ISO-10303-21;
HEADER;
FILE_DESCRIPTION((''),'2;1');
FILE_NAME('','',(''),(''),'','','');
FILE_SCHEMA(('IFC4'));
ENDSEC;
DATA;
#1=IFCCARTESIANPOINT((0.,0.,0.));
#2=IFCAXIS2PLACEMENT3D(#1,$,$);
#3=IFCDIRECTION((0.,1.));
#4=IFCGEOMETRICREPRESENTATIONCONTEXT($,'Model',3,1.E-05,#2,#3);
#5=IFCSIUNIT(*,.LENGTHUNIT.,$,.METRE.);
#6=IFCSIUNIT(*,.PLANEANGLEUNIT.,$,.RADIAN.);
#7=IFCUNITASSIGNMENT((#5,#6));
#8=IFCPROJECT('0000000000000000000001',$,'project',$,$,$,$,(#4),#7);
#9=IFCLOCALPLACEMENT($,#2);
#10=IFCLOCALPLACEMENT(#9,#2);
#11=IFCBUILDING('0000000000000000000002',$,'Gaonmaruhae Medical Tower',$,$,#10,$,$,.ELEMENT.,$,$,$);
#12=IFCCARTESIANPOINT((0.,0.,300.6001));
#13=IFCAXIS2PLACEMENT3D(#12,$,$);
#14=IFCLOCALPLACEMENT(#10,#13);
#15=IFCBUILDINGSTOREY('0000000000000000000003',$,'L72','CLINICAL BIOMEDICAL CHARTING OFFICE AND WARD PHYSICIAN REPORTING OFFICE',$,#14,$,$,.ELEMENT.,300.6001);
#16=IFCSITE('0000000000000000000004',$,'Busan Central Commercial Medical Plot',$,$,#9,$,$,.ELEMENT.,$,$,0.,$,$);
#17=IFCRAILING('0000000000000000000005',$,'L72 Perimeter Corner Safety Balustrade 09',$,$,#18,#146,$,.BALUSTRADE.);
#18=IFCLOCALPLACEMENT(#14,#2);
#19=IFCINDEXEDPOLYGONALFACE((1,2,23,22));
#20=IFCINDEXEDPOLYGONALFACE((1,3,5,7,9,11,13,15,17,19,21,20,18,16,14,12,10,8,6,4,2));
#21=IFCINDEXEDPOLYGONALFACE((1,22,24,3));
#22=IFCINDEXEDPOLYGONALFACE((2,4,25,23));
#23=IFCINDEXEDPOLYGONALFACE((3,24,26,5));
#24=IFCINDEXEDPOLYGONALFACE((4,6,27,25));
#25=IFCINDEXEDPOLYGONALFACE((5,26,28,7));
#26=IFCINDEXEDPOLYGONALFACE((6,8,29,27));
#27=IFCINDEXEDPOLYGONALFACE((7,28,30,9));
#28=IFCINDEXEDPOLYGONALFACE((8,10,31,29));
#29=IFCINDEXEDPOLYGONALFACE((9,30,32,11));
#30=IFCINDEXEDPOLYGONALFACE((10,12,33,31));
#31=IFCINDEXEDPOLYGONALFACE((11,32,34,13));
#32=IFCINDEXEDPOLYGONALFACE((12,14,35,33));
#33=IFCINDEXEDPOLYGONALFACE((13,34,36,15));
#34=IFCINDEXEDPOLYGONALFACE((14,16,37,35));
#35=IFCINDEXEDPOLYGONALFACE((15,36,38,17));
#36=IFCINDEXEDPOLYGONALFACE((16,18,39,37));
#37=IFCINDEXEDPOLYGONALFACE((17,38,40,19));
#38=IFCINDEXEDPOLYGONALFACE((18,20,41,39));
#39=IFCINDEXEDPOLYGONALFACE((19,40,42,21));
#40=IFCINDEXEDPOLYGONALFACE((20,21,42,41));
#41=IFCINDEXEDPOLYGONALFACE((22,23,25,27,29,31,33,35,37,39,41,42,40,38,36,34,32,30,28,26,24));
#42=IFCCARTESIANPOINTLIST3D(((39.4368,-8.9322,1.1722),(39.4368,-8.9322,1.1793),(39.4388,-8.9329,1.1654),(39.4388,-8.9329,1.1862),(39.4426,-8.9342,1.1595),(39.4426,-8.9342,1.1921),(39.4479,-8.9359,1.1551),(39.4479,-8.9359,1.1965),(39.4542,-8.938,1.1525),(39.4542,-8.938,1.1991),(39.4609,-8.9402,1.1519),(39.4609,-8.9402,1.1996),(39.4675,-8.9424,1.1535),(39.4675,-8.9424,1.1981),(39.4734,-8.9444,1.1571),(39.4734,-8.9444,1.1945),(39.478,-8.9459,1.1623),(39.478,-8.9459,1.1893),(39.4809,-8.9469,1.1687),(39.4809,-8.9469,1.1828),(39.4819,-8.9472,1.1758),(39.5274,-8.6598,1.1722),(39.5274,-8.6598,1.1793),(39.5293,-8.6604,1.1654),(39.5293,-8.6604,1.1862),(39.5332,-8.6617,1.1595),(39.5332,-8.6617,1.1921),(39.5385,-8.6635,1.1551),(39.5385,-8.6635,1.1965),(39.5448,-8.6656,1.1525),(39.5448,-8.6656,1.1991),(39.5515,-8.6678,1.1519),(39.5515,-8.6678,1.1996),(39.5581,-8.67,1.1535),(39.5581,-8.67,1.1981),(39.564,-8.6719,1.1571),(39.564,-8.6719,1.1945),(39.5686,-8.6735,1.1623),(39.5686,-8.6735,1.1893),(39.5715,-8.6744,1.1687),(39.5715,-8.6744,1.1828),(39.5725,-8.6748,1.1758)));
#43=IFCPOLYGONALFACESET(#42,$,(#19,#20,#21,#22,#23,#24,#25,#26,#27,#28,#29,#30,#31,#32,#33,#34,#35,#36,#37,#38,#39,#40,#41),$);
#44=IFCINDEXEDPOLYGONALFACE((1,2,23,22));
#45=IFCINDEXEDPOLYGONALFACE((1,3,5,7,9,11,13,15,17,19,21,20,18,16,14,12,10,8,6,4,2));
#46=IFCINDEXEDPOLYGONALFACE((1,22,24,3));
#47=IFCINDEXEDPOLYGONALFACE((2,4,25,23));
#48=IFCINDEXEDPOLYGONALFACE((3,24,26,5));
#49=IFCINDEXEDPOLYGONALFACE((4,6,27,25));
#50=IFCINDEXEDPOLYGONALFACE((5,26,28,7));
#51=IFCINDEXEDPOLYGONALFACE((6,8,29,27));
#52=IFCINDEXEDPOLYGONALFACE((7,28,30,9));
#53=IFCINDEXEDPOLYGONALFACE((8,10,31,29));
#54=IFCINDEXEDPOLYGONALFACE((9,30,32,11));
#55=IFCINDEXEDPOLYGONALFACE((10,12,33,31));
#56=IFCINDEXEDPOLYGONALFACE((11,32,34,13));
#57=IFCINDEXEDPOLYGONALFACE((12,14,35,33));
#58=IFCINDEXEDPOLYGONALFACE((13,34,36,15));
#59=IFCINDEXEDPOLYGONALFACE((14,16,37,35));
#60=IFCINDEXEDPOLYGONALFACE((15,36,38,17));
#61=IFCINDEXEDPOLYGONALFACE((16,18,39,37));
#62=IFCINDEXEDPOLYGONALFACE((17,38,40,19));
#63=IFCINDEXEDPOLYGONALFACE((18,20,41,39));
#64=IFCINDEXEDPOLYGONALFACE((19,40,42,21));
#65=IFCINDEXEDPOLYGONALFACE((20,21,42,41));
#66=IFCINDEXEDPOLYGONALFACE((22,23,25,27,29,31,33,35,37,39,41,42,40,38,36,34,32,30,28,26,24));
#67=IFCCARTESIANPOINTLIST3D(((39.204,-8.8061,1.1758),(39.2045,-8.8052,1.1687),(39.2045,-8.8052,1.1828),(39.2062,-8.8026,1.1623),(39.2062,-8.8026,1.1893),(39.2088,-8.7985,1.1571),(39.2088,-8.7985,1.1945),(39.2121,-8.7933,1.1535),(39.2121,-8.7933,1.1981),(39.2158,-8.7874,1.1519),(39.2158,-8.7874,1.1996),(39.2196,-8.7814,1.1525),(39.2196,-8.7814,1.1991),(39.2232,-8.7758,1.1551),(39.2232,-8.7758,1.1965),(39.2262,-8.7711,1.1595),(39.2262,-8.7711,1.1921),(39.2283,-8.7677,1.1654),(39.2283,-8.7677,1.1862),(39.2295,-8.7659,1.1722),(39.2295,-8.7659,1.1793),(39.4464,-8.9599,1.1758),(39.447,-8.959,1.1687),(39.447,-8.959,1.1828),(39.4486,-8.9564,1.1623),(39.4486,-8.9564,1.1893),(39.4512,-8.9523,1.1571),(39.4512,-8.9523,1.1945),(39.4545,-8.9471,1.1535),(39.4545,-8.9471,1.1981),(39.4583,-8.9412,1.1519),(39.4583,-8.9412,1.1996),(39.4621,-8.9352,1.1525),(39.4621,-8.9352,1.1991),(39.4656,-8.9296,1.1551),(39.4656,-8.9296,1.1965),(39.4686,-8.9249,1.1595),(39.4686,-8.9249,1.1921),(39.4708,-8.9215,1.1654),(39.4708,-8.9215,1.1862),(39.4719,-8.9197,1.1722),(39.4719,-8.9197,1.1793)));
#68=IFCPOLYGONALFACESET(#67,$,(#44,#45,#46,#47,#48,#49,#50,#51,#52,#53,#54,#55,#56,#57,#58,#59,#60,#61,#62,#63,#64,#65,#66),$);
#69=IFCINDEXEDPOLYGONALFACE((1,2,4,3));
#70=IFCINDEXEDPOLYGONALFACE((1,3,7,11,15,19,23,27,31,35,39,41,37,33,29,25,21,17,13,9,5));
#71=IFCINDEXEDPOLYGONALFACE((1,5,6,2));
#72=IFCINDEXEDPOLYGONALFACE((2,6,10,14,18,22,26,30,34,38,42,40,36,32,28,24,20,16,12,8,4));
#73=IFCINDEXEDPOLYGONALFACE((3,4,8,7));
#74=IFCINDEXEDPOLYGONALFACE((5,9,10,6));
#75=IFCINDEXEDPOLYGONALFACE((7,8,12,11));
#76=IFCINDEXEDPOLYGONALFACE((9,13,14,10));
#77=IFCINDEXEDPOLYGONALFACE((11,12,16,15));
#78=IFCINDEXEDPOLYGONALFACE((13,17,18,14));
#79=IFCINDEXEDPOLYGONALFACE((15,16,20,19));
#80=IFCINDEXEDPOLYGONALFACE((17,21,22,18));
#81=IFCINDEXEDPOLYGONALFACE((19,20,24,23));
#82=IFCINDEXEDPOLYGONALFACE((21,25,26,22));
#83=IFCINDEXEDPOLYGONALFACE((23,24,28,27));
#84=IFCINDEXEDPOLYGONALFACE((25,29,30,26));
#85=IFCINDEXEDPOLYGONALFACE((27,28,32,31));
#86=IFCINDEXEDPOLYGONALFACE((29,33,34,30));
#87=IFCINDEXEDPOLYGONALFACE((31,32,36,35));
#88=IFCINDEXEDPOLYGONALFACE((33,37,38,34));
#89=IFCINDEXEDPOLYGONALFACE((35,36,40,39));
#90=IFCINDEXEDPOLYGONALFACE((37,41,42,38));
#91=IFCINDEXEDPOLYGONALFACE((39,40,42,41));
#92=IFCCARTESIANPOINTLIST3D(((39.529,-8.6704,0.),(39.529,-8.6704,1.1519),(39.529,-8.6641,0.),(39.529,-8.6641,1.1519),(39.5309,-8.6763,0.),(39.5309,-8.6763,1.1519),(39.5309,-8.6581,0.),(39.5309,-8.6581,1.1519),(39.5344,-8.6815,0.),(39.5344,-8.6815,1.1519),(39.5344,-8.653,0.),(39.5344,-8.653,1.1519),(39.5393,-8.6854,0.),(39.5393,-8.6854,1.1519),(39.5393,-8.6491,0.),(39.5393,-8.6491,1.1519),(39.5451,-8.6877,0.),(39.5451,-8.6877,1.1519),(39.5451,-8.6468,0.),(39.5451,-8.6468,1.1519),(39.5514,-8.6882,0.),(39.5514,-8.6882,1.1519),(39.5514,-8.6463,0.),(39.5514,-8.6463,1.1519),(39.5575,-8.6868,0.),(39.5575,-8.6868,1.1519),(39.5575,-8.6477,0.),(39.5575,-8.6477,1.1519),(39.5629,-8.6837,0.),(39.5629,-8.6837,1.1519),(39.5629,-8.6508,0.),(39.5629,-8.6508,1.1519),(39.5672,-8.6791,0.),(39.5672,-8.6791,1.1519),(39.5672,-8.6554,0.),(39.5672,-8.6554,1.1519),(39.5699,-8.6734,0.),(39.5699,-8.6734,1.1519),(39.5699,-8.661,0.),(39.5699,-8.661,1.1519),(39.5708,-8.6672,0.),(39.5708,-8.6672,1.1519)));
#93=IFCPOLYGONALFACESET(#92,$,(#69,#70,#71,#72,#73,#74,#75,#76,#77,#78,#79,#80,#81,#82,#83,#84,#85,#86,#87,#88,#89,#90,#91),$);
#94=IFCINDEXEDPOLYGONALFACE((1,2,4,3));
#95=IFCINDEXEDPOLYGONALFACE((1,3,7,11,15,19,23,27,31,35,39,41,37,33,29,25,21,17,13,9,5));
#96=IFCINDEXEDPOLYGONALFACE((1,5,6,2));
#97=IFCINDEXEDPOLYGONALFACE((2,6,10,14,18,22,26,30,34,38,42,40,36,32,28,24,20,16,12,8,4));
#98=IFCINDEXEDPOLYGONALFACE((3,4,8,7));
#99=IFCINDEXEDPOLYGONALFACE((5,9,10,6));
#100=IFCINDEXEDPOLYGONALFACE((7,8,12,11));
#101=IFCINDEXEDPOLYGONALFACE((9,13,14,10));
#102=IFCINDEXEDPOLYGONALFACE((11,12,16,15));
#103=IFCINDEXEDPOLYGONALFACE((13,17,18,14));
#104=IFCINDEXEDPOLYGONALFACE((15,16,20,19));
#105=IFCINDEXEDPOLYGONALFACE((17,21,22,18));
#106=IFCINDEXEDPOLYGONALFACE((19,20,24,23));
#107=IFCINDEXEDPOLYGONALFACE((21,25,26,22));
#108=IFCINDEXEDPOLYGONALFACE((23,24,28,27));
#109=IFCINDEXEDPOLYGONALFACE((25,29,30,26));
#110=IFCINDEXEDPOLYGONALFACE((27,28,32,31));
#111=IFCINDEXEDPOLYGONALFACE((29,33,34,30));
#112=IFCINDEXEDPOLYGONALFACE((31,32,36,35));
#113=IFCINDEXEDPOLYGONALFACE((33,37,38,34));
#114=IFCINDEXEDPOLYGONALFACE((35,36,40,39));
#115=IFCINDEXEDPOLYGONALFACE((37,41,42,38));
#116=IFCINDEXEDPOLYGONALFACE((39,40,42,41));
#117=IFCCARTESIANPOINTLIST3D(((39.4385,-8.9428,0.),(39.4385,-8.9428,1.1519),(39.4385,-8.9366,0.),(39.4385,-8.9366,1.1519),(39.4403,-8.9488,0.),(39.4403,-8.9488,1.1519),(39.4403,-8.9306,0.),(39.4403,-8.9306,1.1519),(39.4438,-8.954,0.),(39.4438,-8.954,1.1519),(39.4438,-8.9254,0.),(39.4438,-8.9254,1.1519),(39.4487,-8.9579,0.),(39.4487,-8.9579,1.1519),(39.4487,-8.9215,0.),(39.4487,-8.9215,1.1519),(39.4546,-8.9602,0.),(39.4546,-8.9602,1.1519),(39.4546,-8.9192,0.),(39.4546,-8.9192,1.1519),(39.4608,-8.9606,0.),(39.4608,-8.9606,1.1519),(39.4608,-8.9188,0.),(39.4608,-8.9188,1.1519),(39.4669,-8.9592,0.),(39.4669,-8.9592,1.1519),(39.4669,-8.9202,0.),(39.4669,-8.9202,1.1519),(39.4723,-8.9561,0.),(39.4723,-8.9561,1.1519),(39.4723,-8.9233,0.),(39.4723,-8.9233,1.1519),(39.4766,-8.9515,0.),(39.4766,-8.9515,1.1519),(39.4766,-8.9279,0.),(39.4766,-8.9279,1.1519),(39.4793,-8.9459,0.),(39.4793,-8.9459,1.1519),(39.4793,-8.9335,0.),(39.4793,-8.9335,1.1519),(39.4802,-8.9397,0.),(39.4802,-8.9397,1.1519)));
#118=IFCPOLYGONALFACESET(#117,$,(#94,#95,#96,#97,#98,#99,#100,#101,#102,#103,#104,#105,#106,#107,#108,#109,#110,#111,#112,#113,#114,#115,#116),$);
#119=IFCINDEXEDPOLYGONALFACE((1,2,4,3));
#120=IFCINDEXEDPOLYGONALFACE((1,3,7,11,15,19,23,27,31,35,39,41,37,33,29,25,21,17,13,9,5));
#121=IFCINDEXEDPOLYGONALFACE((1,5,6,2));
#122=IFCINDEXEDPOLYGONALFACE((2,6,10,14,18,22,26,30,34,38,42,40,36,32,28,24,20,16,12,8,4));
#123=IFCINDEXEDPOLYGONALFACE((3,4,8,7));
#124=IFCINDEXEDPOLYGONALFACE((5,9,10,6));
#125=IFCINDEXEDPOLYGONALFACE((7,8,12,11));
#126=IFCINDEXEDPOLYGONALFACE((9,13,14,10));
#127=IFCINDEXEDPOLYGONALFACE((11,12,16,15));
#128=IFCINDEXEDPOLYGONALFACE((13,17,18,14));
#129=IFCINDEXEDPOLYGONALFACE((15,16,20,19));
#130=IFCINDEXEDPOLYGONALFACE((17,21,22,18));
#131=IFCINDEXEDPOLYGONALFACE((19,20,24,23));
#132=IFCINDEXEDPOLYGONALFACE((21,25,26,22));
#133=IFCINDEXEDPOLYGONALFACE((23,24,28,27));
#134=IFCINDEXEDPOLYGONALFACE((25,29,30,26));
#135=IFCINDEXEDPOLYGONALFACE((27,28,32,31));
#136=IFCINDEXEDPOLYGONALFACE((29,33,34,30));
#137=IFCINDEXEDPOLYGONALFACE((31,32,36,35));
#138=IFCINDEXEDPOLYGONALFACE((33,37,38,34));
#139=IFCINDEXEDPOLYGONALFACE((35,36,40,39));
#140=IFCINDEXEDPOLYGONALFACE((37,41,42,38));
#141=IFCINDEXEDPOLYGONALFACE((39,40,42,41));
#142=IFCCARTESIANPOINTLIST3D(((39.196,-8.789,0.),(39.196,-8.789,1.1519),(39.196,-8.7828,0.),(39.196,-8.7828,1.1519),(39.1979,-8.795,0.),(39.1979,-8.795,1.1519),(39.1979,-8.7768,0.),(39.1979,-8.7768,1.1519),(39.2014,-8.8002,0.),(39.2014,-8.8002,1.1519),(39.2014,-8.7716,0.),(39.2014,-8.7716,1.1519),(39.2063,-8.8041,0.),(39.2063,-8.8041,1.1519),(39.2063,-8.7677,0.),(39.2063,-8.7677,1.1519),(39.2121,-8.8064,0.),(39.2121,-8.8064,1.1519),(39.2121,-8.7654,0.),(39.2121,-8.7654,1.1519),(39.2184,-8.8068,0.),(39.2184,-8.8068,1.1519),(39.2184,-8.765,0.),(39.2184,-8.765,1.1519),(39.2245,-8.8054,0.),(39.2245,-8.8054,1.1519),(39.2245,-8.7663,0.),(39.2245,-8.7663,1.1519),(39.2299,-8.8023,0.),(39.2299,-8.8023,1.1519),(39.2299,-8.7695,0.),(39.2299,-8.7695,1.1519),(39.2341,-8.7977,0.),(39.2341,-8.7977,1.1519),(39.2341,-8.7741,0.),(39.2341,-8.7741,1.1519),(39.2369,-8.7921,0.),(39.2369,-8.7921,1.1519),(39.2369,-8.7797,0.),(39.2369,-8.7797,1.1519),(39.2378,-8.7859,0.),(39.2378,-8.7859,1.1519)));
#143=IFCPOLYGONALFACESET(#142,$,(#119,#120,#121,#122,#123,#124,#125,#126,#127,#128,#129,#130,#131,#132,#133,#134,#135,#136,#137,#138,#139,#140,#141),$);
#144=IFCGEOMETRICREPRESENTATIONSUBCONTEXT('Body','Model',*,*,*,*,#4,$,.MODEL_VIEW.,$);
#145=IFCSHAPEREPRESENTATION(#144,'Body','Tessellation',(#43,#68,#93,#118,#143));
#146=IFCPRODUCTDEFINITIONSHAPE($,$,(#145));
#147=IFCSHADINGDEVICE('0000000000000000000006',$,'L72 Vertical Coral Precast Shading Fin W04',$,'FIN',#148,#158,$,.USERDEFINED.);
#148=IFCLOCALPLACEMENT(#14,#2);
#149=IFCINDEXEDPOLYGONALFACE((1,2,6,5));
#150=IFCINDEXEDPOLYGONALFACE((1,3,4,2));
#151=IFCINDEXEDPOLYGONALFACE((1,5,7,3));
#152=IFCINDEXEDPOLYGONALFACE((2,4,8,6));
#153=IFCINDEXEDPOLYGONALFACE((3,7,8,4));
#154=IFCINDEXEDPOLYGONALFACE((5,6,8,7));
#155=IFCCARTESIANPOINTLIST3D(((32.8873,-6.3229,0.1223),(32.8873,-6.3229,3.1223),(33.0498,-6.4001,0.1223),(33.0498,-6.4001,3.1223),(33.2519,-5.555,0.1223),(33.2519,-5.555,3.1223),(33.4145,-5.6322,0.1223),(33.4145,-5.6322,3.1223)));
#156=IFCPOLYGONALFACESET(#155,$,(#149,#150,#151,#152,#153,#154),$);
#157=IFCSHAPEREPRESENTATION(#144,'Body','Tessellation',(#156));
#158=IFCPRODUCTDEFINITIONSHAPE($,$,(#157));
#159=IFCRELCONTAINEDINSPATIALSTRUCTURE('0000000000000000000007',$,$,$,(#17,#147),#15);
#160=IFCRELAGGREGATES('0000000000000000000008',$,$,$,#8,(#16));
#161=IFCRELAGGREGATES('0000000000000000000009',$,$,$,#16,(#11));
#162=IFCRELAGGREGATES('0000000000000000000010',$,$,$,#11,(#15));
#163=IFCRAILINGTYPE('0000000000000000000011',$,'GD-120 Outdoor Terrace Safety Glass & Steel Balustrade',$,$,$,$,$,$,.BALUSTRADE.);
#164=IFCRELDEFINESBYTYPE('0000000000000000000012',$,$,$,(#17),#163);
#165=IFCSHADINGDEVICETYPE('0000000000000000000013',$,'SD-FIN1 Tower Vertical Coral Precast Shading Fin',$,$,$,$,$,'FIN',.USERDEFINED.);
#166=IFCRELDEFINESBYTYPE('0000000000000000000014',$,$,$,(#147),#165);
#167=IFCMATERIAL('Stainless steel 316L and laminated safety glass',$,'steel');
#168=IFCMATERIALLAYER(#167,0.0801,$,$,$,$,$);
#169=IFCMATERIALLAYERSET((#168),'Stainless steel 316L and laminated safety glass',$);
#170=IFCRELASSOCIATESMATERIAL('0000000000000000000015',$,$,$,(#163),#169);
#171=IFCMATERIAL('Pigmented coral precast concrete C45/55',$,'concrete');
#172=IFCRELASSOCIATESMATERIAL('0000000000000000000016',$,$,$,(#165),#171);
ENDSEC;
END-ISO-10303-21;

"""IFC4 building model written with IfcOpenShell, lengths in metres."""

from ifc_helpers import new_model, si_unit, direction, frame, origin, origin_2d, place, context, subcontext, project, spatial, rectangle, circle, extrude, material, layer, layer_set, type_object, element, save


model = new_model("IFC4")

# Units and contexts
model_context = context("Model", 3, precision=1e-05, world=origin(), true_north=direction((0.0, 1.0)))
body_context = subcontext(model_context, "Body", "Model", "MODEL_VIEW")
ifc_project = project(units=[si_unit("LENGTHUNIT", "METRE"), si_unit("PLANEANGLEUNIT", "RADIAN")], contexts=[model_context])

# Site, building, storey
site_placement = place(None, origin())
site = spatial("IfcSite", under=ifc_project, at=site_placement, Name="Busan Central Commercial Medical Plot", CompositionType="ELEMENT", RefElevation=0.0)
building_placement = place(site_placement, origin())
building = spatial("IfcBuilding", under=site, at=building_placement, Name="Gaonmaruhae Medical Tower", CompositionType="ELEMENT")
storey_placement = place(building_placement, frame((0.0, 0.0, 300.6001)))
storey = spatial("IfcBuildingStorey", under=building, at=storey_placement, Name="L72", Description="CLINICAL BIOMEDICAL CHARTING OFFICE AND WARD PHYSICIAN REPORTING OFFICE", CompositionType="ELEMENT", Elevation=300.6001)

# Railing
ifc_material_1 = material(Name="Stainless steel 316L and laminated safety glass", Category="steel")
ifc_layer_1 = layer(ifc_material_1, 0.0801)
ifc_layer_set_1 = layer_set([ifc_layer_1], Name="Stainless steel 316L and laminated safety glass")
railing_type = type_object("IfcRailingType", Name="GD-120 Outdoor Terrace Safety Glass & Steel Balustrade", PredefinedType="BALUSTRADE", material=ifc_layer_set_1)
railing_1_placement = place(storey_placement, frame((39.5498, -8.6672, 0.0)))
element("IfcRailing", 1, at=railing_1_placement, inside=storey, type_object=railing_type, Name="L72 Perimeter Corner Safety Balustrade 09", PredefinedType="BALUSTRADE", context=body_context, shape_type="SweptSolid", body=[
    extrude(circle(Radius=0.0239, at=origin_2d()), frame((0.0, 0.0, 1.1758), z_axis=(-0.315462, -0.948938, 0.0), x_axis=(0.948938, -0.315462, 0.0)), (0.0, 0.0, 1.0), 0.2871),
    extrude(circle(Radius=0.0239, at=origin_2d()), frame((-0.0906, -0.2725, 1.1758), z_axis=(-0.844396, 0.53572, 0.0), x_axis=(-0.53572, -0.844396, 0.0)), (0.0, 0.0, 1.0), 0.2871),
    extrude(circle(Radius=0.021, at=origin_2d()), origin(), (0.0, 0.0, 1.0), 1.1519),
    extrude(circle(Radius=0.021, at=origin_2d()), frame((-0.0906, -0.2725, 0.0)), (0.0, 0.0, 1.0), 1.1519),
    extrude(circle(Radius=0.021, at=origin_2d()), frame((-0.333, -0.1187, 0.0)), (0.0, 0.0, 1.0), 1.1519),
])

# Shading device
ifc_material_2 = material(Name="Pigmented coral precast concrete C45/55", Category="concrete")
shading_device_type = type_object("IfcShadingDeviceType", Name="SD-FIN1 Tower Vertical Coral Precast Shading Fin", ElementType="FIN", PredefinedType="USERDEFINED", material=ifc_material_2)
shading_device_placement = place(storey_placement, frame((33.1509, -5.9775, 0.1223), z_axis=(0.0, 0.0, 1.0), x_axis=(-0.903335, 0.428935, 0.0)))
element("IfcShadingDevice", 2, at=shading_device_placement, inside=storey, type_object=shading_device_type, Name="L72 Vertical Coral Precast Shading Fin W04", ObjectType="FIN", PredefinedType="USERDEFINED", context=body_context, shape_type="SweptSolid", body=[
    extrude(rectangle(XDim=0.1799, YDim=0.8501, at=origin_2d()), origin(), (0.0, 0.0, 1.0), 3.0),
])

save(model, "model.ifc")
